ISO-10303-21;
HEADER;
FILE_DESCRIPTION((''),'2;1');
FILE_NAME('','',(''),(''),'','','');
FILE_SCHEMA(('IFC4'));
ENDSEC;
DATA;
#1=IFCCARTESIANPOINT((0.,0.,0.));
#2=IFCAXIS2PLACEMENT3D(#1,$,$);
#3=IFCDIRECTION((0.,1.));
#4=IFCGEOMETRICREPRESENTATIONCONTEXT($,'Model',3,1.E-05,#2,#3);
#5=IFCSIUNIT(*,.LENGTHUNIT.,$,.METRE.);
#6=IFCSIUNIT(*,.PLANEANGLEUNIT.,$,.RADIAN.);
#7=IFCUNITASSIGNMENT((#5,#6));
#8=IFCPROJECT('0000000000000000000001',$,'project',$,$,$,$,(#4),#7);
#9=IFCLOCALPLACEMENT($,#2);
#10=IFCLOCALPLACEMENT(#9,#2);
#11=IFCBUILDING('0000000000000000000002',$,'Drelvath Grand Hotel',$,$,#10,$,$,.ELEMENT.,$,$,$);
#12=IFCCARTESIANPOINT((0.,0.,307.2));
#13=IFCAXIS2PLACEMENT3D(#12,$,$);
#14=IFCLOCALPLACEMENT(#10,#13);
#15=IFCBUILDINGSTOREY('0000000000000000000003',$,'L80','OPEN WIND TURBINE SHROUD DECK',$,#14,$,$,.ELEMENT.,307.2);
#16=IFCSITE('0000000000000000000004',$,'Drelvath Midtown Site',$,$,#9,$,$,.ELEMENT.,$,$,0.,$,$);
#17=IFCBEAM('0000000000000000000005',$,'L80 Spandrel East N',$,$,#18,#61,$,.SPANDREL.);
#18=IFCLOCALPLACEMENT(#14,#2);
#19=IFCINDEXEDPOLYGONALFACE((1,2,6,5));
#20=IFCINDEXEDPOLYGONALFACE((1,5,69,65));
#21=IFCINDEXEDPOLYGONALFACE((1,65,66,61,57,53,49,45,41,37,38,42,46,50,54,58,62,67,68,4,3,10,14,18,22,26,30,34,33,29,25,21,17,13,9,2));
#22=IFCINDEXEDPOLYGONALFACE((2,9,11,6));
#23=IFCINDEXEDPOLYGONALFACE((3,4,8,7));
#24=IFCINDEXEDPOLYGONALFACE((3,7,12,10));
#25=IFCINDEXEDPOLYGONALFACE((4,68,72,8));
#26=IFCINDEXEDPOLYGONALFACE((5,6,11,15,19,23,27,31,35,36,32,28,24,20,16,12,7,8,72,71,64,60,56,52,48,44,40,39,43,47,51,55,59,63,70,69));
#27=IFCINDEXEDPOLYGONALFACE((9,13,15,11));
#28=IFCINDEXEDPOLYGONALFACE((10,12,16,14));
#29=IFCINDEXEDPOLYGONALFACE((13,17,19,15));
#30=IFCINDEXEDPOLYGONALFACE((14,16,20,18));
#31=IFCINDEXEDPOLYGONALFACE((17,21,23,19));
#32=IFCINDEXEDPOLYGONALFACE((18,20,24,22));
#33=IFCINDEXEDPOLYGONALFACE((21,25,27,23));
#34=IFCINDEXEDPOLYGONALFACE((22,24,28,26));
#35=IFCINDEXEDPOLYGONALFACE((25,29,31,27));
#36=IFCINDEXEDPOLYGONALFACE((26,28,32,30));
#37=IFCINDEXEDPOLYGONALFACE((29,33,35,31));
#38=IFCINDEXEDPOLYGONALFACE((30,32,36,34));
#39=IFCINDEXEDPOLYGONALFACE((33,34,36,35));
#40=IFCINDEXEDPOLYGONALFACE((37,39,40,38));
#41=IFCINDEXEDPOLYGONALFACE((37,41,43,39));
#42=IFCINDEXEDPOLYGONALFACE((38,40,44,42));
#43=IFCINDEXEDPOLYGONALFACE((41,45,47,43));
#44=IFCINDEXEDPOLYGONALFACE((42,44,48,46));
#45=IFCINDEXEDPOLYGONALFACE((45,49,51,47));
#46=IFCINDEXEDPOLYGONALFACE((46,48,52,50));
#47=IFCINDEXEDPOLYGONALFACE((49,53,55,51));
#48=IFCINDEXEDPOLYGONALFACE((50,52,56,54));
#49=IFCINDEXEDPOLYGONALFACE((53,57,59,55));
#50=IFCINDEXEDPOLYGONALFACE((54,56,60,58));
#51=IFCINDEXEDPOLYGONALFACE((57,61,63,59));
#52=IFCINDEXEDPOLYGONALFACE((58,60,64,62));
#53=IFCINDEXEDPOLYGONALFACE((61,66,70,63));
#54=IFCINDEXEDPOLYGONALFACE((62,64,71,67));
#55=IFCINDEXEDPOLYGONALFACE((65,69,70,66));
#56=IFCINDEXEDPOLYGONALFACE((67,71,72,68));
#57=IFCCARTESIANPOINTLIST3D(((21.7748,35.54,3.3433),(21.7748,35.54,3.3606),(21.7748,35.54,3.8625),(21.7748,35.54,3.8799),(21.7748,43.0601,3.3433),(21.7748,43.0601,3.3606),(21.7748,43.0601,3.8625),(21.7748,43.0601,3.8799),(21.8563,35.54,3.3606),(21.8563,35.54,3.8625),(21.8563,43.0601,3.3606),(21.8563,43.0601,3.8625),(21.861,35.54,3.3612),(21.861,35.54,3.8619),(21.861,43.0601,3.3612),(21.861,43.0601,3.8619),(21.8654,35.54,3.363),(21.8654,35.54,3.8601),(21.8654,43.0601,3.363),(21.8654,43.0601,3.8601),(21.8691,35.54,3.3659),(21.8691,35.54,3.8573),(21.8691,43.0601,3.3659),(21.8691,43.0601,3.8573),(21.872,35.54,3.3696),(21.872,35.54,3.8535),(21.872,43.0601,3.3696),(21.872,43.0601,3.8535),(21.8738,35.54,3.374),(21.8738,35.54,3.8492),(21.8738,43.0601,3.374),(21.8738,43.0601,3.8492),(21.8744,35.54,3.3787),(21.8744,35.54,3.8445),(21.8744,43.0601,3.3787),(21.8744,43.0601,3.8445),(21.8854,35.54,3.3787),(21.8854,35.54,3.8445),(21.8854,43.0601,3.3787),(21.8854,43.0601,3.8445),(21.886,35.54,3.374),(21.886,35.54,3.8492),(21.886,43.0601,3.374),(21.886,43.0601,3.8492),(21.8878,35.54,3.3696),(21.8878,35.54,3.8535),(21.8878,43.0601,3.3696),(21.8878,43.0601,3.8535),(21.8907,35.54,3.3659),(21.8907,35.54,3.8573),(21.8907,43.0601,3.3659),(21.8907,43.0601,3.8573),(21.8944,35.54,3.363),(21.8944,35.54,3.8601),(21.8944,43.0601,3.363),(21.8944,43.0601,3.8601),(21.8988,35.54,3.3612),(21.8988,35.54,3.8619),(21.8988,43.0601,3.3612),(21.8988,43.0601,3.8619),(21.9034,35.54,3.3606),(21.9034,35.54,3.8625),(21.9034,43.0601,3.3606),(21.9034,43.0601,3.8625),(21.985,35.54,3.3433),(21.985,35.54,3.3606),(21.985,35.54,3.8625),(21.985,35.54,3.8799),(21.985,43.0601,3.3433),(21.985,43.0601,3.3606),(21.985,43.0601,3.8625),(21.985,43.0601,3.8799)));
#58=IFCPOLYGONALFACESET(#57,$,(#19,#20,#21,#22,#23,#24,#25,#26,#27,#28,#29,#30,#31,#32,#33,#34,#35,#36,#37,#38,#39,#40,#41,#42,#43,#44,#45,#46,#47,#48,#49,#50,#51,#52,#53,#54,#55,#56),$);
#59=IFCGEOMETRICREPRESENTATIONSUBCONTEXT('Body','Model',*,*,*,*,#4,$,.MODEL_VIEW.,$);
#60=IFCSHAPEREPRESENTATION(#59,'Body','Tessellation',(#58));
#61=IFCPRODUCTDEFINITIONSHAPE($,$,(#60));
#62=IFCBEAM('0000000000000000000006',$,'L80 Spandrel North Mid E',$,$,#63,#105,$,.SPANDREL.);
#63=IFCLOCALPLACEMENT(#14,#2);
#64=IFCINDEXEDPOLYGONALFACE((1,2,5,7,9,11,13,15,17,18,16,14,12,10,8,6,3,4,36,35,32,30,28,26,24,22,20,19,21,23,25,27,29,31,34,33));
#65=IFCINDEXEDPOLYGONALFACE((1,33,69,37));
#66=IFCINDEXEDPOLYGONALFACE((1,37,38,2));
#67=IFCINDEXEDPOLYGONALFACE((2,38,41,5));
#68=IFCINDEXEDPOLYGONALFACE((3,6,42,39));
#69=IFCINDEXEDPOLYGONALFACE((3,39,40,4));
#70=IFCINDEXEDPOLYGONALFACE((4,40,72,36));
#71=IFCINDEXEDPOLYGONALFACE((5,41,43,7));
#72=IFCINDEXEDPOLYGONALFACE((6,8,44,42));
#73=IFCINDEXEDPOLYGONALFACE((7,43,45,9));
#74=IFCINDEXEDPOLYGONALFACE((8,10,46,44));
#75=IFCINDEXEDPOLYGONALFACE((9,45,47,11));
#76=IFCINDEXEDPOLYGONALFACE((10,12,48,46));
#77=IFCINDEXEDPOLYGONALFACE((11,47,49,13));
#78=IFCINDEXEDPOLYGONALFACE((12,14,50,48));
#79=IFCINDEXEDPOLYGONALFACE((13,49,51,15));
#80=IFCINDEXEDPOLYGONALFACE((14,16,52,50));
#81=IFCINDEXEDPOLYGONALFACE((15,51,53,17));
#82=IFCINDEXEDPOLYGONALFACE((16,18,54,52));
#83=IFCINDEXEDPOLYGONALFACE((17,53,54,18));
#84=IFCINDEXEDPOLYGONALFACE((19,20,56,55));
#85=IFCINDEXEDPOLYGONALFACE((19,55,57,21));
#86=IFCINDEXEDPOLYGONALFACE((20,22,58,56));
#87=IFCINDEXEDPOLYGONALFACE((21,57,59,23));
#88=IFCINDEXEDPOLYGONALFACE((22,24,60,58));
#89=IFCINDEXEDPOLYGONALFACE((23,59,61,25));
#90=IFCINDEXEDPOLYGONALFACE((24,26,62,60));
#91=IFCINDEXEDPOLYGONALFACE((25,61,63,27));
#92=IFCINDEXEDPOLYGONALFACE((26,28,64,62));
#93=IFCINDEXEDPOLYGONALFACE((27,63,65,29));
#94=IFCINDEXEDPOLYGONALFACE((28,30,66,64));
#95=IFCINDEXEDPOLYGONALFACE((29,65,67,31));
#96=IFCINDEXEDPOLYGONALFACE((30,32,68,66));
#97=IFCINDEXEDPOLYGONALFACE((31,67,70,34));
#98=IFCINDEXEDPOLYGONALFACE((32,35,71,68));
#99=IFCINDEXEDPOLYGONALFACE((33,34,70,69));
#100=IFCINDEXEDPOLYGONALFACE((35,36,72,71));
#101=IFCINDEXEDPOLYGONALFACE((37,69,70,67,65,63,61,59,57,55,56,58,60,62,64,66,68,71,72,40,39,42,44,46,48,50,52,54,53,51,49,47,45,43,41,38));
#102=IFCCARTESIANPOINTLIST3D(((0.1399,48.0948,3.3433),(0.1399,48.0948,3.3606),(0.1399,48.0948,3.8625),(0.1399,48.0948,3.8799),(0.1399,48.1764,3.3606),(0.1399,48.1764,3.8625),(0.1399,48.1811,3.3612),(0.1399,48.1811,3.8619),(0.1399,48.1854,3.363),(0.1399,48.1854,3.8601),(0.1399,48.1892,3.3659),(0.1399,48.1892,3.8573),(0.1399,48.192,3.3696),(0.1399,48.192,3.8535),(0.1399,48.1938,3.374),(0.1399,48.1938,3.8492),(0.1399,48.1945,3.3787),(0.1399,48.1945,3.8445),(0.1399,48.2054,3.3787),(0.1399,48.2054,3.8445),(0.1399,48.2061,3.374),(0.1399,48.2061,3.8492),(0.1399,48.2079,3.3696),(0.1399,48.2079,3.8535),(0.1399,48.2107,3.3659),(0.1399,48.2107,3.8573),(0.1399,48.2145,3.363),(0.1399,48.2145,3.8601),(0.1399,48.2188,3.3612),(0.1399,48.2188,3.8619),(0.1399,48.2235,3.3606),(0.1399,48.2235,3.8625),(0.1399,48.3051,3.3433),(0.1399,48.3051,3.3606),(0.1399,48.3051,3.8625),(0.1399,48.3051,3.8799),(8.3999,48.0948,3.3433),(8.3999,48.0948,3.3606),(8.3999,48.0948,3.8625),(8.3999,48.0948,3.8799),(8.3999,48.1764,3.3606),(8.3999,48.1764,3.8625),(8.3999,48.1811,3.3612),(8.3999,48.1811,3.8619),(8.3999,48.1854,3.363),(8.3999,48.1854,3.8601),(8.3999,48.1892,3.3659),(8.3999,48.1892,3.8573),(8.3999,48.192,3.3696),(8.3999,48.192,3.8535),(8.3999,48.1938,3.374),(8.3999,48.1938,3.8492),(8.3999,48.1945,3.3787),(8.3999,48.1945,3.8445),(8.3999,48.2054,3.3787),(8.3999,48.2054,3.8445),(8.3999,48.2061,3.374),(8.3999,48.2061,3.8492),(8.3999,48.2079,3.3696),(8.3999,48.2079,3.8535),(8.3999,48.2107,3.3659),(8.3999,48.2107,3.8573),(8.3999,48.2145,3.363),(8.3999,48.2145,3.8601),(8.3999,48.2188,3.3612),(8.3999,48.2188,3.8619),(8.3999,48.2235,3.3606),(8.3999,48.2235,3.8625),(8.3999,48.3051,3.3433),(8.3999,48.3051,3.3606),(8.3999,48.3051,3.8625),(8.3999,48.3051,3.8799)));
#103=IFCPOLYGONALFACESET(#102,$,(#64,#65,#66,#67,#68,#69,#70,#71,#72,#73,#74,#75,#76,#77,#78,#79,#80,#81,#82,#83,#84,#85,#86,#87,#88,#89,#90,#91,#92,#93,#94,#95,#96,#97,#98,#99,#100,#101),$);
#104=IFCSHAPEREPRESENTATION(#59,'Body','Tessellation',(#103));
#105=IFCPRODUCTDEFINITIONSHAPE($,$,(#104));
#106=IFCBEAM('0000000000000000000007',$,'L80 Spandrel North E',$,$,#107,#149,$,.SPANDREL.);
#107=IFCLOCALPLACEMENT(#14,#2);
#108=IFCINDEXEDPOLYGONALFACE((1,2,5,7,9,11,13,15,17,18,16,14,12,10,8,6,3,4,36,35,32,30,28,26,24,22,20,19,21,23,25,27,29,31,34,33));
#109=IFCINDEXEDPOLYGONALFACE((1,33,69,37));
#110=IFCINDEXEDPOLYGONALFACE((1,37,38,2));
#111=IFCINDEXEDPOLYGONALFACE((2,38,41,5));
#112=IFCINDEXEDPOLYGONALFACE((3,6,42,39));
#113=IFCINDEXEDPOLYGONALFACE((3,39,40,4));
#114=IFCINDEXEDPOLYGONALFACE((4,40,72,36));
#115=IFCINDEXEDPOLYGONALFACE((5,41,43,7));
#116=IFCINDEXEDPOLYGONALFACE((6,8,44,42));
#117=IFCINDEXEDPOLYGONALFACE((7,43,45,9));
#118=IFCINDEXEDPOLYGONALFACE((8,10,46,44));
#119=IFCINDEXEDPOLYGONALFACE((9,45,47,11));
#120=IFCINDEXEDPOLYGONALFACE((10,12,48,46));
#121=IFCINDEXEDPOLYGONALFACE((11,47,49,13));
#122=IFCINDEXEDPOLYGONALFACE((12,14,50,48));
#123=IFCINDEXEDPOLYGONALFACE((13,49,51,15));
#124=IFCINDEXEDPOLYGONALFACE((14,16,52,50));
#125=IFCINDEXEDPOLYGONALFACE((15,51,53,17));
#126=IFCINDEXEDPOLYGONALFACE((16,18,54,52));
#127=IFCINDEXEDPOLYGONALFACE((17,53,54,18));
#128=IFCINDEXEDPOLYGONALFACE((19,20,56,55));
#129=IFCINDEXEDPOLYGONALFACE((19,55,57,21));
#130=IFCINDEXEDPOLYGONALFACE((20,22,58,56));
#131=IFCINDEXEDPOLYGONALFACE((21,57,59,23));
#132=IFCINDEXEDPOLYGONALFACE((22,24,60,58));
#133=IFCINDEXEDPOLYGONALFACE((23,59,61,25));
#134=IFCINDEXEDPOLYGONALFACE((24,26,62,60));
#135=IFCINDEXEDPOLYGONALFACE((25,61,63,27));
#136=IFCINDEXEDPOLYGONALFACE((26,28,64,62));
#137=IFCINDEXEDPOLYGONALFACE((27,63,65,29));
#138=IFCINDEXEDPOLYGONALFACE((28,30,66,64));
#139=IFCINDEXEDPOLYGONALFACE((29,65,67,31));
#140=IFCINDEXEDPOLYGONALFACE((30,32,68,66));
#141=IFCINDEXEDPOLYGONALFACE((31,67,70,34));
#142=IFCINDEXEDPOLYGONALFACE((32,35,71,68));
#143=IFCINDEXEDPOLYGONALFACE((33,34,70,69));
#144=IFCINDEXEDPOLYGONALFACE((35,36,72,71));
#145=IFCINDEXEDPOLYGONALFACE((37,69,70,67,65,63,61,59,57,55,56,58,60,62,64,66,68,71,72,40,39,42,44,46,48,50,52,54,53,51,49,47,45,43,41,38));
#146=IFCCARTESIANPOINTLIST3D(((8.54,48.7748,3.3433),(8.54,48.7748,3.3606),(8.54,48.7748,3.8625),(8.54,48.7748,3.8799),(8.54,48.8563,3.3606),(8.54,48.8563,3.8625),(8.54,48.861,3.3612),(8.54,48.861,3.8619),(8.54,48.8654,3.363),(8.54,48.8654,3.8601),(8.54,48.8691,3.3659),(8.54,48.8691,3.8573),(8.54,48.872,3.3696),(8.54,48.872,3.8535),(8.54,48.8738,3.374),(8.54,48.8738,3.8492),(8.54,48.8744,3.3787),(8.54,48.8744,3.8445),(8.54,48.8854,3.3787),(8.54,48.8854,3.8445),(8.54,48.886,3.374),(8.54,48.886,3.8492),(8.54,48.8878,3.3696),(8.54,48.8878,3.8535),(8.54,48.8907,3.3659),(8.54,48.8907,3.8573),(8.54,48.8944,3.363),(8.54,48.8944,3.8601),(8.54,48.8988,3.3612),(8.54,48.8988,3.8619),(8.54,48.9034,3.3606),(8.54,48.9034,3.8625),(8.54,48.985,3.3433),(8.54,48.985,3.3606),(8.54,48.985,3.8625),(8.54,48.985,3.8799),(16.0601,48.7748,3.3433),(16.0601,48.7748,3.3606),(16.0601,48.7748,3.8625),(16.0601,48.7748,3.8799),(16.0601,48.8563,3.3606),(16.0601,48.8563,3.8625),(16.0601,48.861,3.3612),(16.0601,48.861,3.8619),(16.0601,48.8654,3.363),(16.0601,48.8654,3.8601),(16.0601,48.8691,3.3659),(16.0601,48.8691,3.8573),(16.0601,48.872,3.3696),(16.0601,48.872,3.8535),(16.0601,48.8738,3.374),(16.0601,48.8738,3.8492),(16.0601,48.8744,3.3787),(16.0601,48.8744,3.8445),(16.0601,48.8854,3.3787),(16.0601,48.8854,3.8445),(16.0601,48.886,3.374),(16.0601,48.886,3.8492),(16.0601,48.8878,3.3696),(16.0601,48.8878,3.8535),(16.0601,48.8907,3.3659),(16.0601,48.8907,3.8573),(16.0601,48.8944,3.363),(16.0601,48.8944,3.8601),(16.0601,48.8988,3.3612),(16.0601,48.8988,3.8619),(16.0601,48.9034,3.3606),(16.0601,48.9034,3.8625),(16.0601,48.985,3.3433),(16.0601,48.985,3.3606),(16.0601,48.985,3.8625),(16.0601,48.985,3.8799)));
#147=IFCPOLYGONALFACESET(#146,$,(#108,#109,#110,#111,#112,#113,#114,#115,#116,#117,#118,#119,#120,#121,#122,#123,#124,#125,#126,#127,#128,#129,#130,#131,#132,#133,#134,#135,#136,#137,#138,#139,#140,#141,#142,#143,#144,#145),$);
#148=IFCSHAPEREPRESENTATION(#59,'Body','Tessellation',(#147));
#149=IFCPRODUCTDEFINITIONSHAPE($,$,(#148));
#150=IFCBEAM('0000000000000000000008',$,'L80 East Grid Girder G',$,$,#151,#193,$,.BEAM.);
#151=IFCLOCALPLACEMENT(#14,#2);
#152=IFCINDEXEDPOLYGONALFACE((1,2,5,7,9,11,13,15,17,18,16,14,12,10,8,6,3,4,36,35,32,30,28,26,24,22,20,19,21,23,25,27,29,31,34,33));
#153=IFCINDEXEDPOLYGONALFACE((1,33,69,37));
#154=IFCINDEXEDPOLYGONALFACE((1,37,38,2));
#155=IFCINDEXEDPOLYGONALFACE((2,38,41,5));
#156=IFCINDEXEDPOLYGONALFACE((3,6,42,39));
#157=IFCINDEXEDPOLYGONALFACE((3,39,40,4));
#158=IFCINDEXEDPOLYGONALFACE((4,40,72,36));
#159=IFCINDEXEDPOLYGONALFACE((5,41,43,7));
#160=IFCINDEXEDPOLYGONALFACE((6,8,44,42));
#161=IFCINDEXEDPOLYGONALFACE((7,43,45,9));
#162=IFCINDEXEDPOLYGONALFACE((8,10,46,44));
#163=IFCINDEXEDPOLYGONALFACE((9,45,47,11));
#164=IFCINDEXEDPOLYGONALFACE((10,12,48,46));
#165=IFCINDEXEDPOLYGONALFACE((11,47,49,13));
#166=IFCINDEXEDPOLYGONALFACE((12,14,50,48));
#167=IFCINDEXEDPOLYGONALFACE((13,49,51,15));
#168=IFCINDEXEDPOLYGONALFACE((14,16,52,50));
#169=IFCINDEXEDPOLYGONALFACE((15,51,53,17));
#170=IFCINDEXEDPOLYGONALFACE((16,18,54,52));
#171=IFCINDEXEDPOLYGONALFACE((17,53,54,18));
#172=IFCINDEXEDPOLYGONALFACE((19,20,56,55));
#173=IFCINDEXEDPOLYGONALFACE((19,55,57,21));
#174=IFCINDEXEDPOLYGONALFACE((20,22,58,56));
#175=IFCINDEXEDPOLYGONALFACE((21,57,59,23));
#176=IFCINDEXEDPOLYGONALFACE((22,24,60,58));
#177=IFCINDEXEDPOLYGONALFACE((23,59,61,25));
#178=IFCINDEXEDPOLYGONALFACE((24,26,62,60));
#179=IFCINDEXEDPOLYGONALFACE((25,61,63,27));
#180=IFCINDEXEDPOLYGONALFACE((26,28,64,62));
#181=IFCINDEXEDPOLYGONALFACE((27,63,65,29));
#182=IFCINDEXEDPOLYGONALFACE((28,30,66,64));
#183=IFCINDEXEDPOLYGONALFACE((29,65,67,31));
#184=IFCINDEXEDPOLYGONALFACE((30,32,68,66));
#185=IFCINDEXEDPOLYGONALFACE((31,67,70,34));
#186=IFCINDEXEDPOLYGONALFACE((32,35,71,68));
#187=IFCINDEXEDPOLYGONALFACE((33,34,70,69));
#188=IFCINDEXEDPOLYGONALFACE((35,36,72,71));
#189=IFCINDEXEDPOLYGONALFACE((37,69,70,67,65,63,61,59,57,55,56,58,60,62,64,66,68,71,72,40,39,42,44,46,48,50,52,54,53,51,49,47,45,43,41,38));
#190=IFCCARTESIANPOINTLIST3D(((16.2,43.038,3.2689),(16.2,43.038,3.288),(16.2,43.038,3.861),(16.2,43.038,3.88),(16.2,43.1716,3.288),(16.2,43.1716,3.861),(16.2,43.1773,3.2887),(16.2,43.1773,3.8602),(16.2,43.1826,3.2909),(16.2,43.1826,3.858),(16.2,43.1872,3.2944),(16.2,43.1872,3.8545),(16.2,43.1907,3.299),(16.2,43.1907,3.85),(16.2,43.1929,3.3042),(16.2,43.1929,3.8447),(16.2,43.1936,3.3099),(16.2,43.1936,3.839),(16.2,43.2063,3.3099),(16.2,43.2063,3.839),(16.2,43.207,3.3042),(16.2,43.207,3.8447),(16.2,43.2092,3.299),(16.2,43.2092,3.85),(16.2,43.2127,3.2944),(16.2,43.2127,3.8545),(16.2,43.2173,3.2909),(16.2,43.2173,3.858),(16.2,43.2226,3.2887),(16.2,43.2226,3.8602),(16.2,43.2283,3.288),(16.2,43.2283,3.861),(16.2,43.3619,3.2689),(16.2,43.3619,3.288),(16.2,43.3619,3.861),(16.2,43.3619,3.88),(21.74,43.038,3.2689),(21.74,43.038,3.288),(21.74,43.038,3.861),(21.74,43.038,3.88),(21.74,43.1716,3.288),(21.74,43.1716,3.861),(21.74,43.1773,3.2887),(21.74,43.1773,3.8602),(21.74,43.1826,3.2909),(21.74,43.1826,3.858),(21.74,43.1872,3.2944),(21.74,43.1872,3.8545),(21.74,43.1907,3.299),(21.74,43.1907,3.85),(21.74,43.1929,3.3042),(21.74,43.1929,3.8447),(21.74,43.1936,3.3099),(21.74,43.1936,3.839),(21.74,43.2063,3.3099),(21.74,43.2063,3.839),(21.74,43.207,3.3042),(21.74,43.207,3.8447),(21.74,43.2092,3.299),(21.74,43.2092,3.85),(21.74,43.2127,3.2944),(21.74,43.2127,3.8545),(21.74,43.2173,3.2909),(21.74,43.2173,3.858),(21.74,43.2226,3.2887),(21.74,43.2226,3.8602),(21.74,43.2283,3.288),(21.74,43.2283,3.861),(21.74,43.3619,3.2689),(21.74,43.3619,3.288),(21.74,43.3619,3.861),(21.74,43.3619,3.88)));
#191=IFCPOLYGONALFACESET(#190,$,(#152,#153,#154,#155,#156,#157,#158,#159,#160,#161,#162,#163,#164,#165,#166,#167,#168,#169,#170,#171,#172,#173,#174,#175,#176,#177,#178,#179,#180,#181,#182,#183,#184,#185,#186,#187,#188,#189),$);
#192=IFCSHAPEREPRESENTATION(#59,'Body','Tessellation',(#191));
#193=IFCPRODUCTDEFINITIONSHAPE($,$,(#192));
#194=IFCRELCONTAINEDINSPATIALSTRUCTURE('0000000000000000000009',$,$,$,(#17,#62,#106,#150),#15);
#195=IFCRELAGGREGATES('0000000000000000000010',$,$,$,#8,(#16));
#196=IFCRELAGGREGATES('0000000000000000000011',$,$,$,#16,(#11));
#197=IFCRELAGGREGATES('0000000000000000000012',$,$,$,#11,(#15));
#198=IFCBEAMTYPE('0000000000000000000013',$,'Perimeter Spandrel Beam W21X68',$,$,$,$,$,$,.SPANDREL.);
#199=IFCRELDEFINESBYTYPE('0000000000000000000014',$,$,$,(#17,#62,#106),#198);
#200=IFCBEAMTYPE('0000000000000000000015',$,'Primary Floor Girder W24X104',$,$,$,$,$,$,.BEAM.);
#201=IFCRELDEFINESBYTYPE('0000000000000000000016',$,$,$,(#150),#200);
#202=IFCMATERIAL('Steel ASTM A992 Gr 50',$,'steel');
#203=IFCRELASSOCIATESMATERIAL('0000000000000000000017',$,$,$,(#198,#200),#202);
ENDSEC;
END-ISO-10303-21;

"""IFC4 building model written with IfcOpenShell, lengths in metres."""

from ifc_helpers import new_model, si_unit, direction, frame, origin, origin_2d, place, context, subcontext, project, spatial, i_section, extrude, material, material_profile, profile_set, type_object, element, save


model = new_model("IFC4")

# Units and contexts
model_context = context("Model", 3, precision=1e-05, world=origin(), true_north=direction((0.0, 1.0)))
body_context = subcontext(model_context, "Body", "Model", "MODEL_VIEW")
ifc_project = project(units=[si_unit("LENGTHUNIT", "METRE"), si_unit("PLANEANGLEUNIT", "RADIAN")], contexts=[model_context])

# Site, building, storey
site_placement = place(None, origin())
site = spatial("IfcSite", under=ifc_project, at=site_placement, Name="Drelvath Midtown Site", CompositionType="ELEMENT", RefElevation=0.0)
building_placement = place(site_placement, origin())
building = spatial("IfcBuilding", under=site, at=building_placement, Name="Drelvath Grand Hotel", CompositionType="ELEMENT")
storey_placement = place(building_placement, frame((0.0, 0.0, 307.2)))
storey = spatial("IfcBuildingStorey", under=building, at=storey_placement, Name="L80", Description="OPEN WIND TURBINE SHROUD DECK", CompositionType="ELEMENT", Elevation=307.2)

# Beams
ifc_material_1 = material(Name="Steel ASTM A992 Gr 50", Category="steel")
ifc_material_profile_1 = material_profile(ifc_material_1, i_section(OverallWidth=0.2102, OverallDepth=0.5366, WebThickness=0.011, FlangeThickness=0.0173, FilletRadius=0.0181, at=origin_2d()), Name="W21X68")
ifc_profile_set_1 = profile_set([ifc_material_profile_1], Name="Steel ASTM A992 Gr 50")
beam_type_1 = type_object("IfcBeamType", Name="Perimeter Spandrel Beam W21X68", PredefinedType="SPANDREL", material=ifc_profile_set_1)
beam_1_placement = place(storey_placement, frame((21.8799, 35.54, 3.6116), z_axis=(0.0, 1.0, 0.0), x_axis=(-1.0, 0.0, 0.0)))
element("IfcBeam", 1, at=beam_1_placement, inside=storey, type_object=beam_type_1, Name="L80 Spandrel East N", PredefinedType="SPANDREL", context=body_context, shape_type="SweptSolid", body=[
    extrude(i_section(OverallWidth=0.2102, OverallDepth=0.5366, WebThickness=0.011, FlangeThickness=0.0173, FilletRadius=0.0181, at=origin_2d()), origin(), (0.0, 0.0, 1.0), 7.52),
])
beam_2_placement = place(storey_placement, frame((0.1399, 48.2, 3.6116), z_axis=(1.0, 0.0, 0.0), x_axis=(0.0, 1.0, 0.0)))
element("IfcBeam", 2, at=beam_2_placement, inside=storey, type_object=beam_type_1, Name="L80 Spandrel North Mid E", PredefinedType="SPANDREL", context=body_context, shape_type="SweptSolid", body=[
    extrude(i_section(OverallWidth=0.2102, OverallDepth=0.5366, WebThickness=0.011, FlangeThickness=0.0173, FilletRadius=0.0181, at=origin_2d()), origin(), (0.0, 0.0, 1.0), 8.26),
])
beam_3_placement = place(storey_placement, frame((8.54, 48.8799, 3.6116), z_axis=(1.0, 0.0, 0.0), x_axis=(0.0, 1.0, 0.0)))
element("IfcBeam", 3, at=beam_3_placement, inside=storey, type_object=beam_type_1, Name="L80 Spandrel North E", PredefinedType="SPANDREL", context=body_context, shape_type="SweptSolid", body=[
    extrude(i_section(OverallWidth=0.2102, OverallDepth=0.5366, WebThickness=0.011, FlangeThickness=0.0173, FilletRadius=0.0181, at=origin_2d()), origin(), (0.0, 0.0, 1.0), 7.52),
])
ifc_material_profile_2 = material_profile(ifc_material_1, i_section(OverallWidth=0.324, OverallDepth=0.6111, WebThickness=0.0127, FlangeThickness=0.019, FilletRadius=0.022, at=origin_2d()), Name="W24X104")
ifc_profile_set_2 = profile_set([ifc_material_profile_2], Name="Steel ASTM A992 Gr 50")
beam_type_2 = type_object("IfcBeamType", Name="Primary Floor Girder W24X104", PredefinedType="BEAM", material=ifc_profile_set_2)
beam_4_placement = place(storey_placement, frame((16.2, 43.2, 3.5745), z_axis=(1.0, 0.0, 0.0), x_axis=(0.0, 1.0, 0.0)))
element("IfcBeam", 4, at=beam_4_placement, inside=storey, type_object=beam_type_2, Name="L80 East Grid Girder G", PredefinedType="BEAM", context=body_context, shape_type="SweptSolid", body=[
    extrude(i_section(OverallWidth=0.324, OverallDepth=0.6111, WebThickness=0.0127, FlangeThickness=0.019, FilletRadius=0.022, at=origin_2d()), origin(), (0.0, 0.0, 1.0), 5.54),
])

save(model, "model.ifc")
